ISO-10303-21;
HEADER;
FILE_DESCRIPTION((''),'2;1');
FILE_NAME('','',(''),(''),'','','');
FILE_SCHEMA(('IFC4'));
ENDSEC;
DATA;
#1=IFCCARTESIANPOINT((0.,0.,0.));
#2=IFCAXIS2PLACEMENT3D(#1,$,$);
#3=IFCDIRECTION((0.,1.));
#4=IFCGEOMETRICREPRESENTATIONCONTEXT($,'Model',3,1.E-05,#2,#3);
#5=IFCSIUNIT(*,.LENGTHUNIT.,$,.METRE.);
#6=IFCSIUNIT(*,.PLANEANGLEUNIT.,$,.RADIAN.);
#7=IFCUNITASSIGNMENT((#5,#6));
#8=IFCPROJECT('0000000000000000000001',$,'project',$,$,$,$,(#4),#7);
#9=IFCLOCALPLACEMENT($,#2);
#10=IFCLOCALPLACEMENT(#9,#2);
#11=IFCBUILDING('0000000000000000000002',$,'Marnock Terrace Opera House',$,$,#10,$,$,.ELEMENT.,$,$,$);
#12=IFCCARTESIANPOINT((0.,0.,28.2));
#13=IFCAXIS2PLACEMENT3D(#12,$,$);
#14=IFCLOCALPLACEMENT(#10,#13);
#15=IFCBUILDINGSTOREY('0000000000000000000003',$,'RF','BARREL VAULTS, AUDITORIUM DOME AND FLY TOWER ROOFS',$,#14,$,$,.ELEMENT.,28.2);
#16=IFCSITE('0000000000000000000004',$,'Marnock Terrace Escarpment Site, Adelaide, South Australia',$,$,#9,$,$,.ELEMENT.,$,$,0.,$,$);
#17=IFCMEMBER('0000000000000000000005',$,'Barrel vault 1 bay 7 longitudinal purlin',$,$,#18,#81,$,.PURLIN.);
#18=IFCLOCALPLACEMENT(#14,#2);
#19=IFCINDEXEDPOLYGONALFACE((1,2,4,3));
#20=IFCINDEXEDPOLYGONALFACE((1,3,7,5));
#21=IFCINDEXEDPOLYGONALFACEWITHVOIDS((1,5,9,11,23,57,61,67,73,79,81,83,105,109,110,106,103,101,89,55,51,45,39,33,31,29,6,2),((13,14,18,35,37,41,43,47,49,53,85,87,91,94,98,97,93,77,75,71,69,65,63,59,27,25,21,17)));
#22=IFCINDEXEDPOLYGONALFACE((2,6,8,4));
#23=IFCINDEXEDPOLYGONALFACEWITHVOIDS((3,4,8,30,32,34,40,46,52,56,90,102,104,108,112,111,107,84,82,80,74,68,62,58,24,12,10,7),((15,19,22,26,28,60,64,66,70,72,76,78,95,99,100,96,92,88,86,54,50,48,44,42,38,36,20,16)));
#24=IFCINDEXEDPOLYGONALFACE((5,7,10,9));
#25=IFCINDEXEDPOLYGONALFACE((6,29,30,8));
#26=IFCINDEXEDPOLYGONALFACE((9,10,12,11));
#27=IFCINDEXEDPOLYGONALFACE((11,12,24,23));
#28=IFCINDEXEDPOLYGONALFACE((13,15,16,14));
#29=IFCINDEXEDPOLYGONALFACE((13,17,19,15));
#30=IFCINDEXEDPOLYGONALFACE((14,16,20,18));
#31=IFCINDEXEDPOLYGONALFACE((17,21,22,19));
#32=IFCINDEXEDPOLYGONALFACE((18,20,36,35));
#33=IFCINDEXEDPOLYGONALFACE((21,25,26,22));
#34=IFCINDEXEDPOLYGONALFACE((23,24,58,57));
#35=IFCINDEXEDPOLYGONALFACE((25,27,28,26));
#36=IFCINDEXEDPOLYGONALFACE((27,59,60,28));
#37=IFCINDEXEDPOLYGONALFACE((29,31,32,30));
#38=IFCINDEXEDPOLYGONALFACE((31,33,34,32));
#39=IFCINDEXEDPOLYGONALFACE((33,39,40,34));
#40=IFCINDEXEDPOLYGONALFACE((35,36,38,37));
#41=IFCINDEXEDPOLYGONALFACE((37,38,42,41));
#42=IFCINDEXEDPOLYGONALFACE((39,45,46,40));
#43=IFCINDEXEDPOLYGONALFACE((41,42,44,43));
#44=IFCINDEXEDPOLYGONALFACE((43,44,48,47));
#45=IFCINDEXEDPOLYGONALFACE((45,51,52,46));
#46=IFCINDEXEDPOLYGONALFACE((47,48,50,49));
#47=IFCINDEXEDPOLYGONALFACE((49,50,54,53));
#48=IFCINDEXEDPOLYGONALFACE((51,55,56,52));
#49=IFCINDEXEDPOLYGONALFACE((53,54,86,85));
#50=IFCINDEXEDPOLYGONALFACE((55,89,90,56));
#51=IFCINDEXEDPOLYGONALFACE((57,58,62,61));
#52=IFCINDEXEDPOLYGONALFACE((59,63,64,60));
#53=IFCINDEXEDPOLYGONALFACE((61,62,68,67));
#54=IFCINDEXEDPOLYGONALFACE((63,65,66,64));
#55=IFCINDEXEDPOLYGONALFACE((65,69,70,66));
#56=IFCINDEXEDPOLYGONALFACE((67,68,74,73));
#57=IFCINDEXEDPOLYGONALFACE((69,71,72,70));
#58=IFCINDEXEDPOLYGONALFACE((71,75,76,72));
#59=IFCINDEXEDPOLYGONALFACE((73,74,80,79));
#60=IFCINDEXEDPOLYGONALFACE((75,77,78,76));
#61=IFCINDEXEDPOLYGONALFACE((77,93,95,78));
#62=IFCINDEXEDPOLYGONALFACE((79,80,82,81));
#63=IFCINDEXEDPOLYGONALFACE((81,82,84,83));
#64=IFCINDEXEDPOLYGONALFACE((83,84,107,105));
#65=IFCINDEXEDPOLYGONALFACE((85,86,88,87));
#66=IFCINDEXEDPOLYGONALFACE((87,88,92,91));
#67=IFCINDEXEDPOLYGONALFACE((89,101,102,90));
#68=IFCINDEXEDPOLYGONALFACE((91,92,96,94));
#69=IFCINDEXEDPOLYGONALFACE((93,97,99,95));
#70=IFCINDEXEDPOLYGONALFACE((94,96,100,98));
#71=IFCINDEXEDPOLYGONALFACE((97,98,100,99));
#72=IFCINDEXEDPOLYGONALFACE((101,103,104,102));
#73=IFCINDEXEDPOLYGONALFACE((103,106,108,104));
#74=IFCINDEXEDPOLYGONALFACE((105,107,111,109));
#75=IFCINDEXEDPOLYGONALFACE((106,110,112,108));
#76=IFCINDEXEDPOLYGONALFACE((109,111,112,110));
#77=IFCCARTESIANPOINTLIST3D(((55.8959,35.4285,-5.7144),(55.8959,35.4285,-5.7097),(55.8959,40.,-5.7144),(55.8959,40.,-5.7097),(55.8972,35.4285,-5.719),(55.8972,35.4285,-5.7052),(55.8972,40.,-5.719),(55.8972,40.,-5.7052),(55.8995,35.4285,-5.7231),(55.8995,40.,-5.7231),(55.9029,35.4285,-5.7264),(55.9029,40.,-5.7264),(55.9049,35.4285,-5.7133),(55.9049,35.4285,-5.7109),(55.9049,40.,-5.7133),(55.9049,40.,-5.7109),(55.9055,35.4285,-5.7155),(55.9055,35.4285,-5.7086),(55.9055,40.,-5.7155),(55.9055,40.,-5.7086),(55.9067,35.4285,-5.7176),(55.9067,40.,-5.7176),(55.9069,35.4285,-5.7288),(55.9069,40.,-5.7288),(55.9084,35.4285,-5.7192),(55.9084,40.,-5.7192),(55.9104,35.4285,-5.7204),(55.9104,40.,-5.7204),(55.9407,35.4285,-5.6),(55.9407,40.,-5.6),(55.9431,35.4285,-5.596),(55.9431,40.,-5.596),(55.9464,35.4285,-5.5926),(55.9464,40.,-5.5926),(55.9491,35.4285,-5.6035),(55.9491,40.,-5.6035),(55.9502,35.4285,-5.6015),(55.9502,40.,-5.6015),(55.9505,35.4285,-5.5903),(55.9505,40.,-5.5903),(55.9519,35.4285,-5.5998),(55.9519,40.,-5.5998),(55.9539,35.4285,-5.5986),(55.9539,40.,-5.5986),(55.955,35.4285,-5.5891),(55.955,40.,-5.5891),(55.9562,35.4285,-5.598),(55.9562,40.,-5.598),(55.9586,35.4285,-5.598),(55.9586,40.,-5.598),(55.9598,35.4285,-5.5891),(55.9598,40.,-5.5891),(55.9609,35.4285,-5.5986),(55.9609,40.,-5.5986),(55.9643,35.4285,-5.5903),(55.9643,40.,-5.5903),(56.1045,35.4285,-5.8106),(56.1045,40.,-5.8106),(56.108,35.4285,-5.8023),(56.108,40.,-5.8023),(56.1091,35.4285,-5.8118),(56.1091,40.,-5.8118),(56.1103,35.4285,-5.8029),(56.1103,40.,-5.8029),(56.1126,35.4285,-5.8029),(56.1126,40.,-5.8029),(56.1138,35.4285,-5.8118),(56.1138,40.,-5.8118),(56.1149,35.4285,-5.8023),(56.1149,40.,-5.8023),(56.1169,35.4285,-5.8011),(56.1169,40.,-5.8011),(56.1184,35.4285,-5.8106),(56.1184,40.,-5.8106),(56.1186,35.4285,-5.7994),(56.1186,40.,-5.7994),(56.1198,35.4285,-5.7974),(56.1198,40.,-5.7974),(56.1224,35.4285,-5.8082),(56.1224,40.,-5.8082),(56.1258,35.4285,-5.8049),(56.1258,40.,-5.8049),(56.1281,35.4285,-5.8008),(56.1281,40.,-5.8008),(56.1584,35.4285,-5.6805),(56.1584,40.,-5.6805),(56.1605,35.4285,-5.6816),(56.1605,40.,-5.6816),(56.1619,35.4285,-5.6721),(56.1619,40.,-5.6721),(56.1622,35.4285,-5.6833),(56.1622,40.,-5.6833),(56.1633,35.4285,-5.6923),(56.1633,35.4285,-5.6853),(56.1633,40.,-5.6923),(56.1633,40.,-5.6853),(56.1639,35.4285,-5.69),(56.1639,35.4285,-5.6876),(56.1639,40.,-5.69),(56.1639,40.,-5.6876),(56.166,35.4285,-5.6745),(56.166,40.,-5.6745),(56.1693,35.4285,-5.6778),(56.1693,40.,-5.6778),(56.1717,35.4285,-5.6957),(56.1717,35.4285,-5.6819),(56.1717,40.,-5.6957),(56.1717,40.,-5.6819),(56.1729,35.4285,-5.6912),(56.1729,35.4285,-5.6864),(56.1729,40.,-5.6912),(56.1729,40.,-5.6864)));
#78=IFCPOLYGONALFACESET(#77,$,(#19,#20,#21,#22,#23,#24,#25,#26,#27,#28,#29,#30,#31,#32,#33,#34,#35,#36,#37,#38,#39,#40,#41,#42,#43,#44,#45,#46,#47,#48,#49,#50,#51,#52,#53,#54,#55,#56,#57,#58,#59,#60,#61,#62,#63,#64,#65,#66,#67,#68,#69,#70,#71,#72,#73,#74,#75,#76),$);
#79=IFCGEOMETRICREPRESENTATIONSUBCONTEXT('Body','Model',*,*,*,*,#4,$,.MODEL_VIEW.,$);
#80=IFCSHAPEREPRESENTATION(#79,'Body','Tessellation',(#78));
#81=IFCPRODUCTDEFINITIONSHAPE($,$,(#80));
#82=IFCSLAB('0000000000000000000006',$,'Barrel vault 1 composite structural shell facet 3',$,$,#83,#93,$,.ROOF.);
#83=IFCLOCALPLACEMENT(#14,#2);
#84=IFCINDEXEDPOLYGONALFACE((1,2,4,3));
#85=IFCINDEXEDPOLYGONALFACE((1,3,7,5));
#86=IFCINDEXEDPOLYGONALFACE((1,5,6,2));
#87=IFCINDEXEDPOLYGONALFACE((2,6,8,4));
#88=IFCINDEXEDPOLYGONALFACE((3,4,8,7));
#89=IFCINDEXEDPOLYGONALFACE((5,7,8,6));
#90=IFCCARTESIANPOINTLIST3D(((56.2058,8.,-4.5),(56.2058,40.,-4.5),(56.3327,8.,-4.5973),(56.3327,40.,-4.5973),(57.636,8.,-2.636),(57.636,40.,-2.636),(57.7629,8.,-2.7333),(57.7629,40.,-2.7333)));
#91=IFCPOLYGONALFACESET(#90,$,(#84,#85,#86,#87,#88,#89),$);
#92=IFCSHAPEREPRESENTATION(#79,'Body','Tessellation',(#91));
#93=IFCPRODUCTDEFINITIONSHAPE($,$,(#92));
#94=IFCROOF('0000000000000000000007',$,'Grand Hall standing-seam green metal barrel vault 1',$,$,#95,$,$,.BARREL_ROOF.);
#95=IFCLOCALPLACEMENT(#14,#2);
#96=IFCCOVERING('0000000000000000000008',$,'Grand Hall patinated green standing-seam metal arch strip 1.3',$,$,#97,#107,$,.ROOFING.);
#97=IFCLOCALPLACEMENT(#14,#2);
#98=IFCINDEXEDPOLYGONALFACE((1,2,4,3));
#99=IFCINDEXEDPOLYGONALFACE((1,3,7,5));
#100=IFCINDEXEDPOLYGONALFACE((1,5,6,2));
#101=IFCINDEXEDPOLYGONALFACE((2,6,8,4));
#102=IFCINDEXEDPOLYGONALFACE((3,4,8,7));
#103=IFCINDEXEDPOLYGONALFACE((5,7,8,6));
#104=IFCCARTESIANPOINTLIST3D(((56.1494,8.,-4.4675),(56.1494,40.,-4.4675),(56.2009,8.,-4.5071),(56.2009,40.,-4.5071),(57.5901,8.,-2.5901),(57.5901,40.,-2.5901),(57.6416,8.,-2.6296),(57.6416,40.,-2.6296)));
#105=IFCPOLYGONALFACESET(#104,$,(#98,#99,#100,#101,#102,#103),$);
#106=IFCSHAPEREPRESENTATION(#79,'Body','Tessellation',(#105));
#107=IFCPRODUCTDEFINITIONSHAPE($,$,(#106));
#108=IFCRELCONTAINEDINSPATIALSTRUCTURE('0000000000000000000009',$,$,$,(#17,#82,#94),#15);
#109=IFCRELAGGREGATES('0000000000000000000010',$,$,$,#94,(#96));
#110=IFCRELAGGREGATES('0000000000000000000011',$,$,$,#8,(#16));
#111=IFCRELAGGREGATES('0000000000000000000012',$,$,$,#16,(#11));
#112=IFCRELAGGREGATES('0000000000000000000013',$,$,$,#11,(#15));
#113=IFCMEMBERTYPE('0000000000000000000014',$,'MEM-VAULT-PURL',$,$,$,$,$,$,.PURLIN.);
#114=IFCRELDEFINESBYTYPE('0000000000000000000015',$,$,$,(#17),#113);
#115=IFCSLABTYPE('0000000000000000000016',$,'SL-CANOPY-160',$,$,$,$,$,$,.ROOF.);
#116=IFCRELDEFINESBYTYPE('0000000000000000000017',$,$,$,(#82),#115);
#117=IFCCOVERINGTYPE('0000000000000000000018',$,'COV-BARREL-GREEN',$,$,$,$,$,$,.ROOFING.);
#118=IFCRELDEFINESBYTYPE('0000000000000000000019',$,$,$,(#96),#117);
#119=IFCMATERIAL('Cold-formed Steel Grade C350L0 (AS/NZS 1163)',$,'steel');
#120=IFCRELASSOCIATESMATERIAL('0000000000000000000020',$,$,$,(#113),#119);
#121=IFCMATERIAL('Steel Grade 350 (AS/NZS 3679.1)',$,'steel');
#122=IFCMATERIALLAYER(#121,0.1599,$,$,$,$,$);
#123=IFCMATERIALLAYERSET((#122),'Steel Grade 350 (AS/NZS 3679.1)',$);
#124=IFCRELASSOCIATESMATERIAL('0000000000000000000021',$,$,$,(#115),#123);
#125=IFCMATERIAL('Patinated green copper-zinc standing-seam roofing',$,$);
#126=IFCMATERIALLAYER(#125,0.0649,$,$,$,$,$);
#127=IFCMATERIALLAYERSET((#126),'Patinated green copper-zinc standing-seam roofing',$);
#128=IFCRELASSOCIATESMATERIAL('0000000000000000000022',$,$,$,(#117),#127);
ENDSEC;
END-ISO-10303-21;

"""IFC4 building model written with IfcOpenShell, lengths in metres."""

from ifc_helpers import new_model, si_unit, direction, frame, origin, origin_2d, place, context, subcontext, project, spatial, polyline, hollow_rectangle, outline, extrude, material, layer, layer_set, material_profile, profile_set, type_object, element, aggregate, save


model = new_model("IFC4")

# Units and contexts
model_context = context("Model", 3, precision=1e-05, world=origin(), true_north=direction((0.0, 1.0)))
body_context = subcontext(model_context, "Body", "Model", "MODEL_VIEW")
ifc_project = project(units=[si_unit("LENGTHUNIT", "METRE"), si_unit("PLANEANGLEUNIT", "RADIAN")], contexts=[model_context])

# Site, building, storey
site_placement = place(None, origin())
site = spatial("IfcSite", under=ifc_project, at=site_placement, Name="Marnock Terrace Escarpment Site, Adelaide, South Australia", CompositionType="ELEMENT", RefElevation=0.0)
building_placement = place(site_placement, origin())
building = spatial("IfcBuilding", under=site, at=building_placement, Name="Marnock Terrace Opera House", CompositionType="ELEMENT")
storey_placement = place(building_placement, frame((0.0, 0.0, 28.2)))
storey = spatial("IfcBuildingStorey", under=building, at=storey_placement, Name="RF", Description="BARREL VAULTS, AUDITORIUM DOME AND FLY TOWER ROOFS", CompositionType="ELEMENT", Elevation=28.2)

# Member
ifc_material_1 = material(Name="Cold-formed Steel Grade C350L0 (AS/NZS 1163)", Category="steel")
ifc_material_profile_1 = material_profile(ifc_material_1, hollow_rectangle(XDim=0.1499, YDim=0.25, WallThickness=0.009, InnerFilletRadius=0.009, OuterFilletRadius=0.0181, at=origin_2d()))
ifc_profile_set_1 = profile_set([ifc_material_profile_1], Name="Cold-formed Steel Grade C350L0 (AS/NZS 1163)")
member_type_1 = type_object("IfcMemberType", Name="MEM-VAULT-PURL", PredefinedType="PURLIN", material=ifc_profile_set_1)
member_1_placement = place(storey_placement, frame((56.0344, 35.4285, -5.7004), z_axis=(0.0, 1.0, 0.0), x_axis=(-0.382683, 0.0, -0.92388)))
element("IfcMember", 1, at=member_1_placement, inside=storey, type_object=member_type_1, Name="Barrel vault 1 bay 7 longitudinal purlin", PredefinedType="PURLIN", context=body_context, shape_type="SweptSolid", body=[
    extrude(hollow_rectangle(XDim=0.1499, YDim=0.25, WallThickness=0.009, InnerFilletRadius=0.009, OuterFilletRadius=0.0181, at=origin_2d()), origin(), (0.0, 0.0, 1.0), 4.5715),
])

# Slab
ifc_material_2 = material(Name="Steel Grade 350 (AS/NZS 3679.1)", Category="steel")
ifc_layer_1 = layer(ifc_material_2, 0.1599)
ifc_layer_set_1 = layer_set([ifc_layer_1], Name="Steel Grade 350 (AS/NZS 3679.1)")
slab_type = type_object("IfcSlabType", Name="SL-CANOPY-160", PredefinedType="ROOF", material=ifc_layer_set_1)
slab_placement = place(storey_placement, frame((56.2058, 8.0, -4.5), z_axis=(-0.793381, 0.0, 0.608726), x_axis=(0.608726, 0.0, 0.793381)))
element("IfcSlab", 2, at=slab_placement, inside=storey, type_object=slab_type, Name="Barrel vault 1 composite structural shell facet 3", PredefinedType="ROOF", context=body_context, shape_type="SweptSolid", body=[
    extrude(outline(polyline([(0.0, 0.0), (2.3495, 0.0), (2.3495, 32.0), (0.0, 32.0), (0.0, 0.0)])), origin(), (0.0, 0.0, -1.0), 0.1599),
])

# Roof, covering
roof_placement = place(storey_placement, origin())
roof = element("IfcRoof", 3, at=roof_placement, inside=storey, Name="Grand Hall standing-seam green metal barrel vault 1", PredefinedType="BARREL_ROOF")
ifc_material_3 = material(Name="Patinated green copper-zinc standing-seam roofing")
ifc_layer_2 = layer(ifc_material_3, 0.0649)
ifc_layer_set_2 = layer_set([ifc_layer_2], Name="Patinated green copper-zinc standing-seam roofing")
covering_type = type_object("IfcCoveringType", Name="COV-BARREL-GREEN", PredefinedType="ROOFING", material=ifc_layer_set_2)
covering_placement = place(storey_placement, frame((56.1494, 8.0, -4.4675), z_axis=(-0.793341, 0.0, 0.608778), x_axis=(0.608778, 0.0, 0.793341)))
covering = element("IfcCovering", 4, at=covering_placement, type_object=covering_type, Name="Grand Hall patinated green standing-seam metal arch strip 1.3", PredefinedType="ROOFING", context=body_context, shape_type="SweptSolid", body=[
    extrude(outline(polyline([(0.0, 0.0), (2.3665, 0.0), (2.3665, 32.0), (0.0, 32.0), (0.0, 0.0)])), origin(), (0.0, 0.0, -1.0), 0.0649),
])
aggregate(roof, [covering])

save(model, "model.ifc")
